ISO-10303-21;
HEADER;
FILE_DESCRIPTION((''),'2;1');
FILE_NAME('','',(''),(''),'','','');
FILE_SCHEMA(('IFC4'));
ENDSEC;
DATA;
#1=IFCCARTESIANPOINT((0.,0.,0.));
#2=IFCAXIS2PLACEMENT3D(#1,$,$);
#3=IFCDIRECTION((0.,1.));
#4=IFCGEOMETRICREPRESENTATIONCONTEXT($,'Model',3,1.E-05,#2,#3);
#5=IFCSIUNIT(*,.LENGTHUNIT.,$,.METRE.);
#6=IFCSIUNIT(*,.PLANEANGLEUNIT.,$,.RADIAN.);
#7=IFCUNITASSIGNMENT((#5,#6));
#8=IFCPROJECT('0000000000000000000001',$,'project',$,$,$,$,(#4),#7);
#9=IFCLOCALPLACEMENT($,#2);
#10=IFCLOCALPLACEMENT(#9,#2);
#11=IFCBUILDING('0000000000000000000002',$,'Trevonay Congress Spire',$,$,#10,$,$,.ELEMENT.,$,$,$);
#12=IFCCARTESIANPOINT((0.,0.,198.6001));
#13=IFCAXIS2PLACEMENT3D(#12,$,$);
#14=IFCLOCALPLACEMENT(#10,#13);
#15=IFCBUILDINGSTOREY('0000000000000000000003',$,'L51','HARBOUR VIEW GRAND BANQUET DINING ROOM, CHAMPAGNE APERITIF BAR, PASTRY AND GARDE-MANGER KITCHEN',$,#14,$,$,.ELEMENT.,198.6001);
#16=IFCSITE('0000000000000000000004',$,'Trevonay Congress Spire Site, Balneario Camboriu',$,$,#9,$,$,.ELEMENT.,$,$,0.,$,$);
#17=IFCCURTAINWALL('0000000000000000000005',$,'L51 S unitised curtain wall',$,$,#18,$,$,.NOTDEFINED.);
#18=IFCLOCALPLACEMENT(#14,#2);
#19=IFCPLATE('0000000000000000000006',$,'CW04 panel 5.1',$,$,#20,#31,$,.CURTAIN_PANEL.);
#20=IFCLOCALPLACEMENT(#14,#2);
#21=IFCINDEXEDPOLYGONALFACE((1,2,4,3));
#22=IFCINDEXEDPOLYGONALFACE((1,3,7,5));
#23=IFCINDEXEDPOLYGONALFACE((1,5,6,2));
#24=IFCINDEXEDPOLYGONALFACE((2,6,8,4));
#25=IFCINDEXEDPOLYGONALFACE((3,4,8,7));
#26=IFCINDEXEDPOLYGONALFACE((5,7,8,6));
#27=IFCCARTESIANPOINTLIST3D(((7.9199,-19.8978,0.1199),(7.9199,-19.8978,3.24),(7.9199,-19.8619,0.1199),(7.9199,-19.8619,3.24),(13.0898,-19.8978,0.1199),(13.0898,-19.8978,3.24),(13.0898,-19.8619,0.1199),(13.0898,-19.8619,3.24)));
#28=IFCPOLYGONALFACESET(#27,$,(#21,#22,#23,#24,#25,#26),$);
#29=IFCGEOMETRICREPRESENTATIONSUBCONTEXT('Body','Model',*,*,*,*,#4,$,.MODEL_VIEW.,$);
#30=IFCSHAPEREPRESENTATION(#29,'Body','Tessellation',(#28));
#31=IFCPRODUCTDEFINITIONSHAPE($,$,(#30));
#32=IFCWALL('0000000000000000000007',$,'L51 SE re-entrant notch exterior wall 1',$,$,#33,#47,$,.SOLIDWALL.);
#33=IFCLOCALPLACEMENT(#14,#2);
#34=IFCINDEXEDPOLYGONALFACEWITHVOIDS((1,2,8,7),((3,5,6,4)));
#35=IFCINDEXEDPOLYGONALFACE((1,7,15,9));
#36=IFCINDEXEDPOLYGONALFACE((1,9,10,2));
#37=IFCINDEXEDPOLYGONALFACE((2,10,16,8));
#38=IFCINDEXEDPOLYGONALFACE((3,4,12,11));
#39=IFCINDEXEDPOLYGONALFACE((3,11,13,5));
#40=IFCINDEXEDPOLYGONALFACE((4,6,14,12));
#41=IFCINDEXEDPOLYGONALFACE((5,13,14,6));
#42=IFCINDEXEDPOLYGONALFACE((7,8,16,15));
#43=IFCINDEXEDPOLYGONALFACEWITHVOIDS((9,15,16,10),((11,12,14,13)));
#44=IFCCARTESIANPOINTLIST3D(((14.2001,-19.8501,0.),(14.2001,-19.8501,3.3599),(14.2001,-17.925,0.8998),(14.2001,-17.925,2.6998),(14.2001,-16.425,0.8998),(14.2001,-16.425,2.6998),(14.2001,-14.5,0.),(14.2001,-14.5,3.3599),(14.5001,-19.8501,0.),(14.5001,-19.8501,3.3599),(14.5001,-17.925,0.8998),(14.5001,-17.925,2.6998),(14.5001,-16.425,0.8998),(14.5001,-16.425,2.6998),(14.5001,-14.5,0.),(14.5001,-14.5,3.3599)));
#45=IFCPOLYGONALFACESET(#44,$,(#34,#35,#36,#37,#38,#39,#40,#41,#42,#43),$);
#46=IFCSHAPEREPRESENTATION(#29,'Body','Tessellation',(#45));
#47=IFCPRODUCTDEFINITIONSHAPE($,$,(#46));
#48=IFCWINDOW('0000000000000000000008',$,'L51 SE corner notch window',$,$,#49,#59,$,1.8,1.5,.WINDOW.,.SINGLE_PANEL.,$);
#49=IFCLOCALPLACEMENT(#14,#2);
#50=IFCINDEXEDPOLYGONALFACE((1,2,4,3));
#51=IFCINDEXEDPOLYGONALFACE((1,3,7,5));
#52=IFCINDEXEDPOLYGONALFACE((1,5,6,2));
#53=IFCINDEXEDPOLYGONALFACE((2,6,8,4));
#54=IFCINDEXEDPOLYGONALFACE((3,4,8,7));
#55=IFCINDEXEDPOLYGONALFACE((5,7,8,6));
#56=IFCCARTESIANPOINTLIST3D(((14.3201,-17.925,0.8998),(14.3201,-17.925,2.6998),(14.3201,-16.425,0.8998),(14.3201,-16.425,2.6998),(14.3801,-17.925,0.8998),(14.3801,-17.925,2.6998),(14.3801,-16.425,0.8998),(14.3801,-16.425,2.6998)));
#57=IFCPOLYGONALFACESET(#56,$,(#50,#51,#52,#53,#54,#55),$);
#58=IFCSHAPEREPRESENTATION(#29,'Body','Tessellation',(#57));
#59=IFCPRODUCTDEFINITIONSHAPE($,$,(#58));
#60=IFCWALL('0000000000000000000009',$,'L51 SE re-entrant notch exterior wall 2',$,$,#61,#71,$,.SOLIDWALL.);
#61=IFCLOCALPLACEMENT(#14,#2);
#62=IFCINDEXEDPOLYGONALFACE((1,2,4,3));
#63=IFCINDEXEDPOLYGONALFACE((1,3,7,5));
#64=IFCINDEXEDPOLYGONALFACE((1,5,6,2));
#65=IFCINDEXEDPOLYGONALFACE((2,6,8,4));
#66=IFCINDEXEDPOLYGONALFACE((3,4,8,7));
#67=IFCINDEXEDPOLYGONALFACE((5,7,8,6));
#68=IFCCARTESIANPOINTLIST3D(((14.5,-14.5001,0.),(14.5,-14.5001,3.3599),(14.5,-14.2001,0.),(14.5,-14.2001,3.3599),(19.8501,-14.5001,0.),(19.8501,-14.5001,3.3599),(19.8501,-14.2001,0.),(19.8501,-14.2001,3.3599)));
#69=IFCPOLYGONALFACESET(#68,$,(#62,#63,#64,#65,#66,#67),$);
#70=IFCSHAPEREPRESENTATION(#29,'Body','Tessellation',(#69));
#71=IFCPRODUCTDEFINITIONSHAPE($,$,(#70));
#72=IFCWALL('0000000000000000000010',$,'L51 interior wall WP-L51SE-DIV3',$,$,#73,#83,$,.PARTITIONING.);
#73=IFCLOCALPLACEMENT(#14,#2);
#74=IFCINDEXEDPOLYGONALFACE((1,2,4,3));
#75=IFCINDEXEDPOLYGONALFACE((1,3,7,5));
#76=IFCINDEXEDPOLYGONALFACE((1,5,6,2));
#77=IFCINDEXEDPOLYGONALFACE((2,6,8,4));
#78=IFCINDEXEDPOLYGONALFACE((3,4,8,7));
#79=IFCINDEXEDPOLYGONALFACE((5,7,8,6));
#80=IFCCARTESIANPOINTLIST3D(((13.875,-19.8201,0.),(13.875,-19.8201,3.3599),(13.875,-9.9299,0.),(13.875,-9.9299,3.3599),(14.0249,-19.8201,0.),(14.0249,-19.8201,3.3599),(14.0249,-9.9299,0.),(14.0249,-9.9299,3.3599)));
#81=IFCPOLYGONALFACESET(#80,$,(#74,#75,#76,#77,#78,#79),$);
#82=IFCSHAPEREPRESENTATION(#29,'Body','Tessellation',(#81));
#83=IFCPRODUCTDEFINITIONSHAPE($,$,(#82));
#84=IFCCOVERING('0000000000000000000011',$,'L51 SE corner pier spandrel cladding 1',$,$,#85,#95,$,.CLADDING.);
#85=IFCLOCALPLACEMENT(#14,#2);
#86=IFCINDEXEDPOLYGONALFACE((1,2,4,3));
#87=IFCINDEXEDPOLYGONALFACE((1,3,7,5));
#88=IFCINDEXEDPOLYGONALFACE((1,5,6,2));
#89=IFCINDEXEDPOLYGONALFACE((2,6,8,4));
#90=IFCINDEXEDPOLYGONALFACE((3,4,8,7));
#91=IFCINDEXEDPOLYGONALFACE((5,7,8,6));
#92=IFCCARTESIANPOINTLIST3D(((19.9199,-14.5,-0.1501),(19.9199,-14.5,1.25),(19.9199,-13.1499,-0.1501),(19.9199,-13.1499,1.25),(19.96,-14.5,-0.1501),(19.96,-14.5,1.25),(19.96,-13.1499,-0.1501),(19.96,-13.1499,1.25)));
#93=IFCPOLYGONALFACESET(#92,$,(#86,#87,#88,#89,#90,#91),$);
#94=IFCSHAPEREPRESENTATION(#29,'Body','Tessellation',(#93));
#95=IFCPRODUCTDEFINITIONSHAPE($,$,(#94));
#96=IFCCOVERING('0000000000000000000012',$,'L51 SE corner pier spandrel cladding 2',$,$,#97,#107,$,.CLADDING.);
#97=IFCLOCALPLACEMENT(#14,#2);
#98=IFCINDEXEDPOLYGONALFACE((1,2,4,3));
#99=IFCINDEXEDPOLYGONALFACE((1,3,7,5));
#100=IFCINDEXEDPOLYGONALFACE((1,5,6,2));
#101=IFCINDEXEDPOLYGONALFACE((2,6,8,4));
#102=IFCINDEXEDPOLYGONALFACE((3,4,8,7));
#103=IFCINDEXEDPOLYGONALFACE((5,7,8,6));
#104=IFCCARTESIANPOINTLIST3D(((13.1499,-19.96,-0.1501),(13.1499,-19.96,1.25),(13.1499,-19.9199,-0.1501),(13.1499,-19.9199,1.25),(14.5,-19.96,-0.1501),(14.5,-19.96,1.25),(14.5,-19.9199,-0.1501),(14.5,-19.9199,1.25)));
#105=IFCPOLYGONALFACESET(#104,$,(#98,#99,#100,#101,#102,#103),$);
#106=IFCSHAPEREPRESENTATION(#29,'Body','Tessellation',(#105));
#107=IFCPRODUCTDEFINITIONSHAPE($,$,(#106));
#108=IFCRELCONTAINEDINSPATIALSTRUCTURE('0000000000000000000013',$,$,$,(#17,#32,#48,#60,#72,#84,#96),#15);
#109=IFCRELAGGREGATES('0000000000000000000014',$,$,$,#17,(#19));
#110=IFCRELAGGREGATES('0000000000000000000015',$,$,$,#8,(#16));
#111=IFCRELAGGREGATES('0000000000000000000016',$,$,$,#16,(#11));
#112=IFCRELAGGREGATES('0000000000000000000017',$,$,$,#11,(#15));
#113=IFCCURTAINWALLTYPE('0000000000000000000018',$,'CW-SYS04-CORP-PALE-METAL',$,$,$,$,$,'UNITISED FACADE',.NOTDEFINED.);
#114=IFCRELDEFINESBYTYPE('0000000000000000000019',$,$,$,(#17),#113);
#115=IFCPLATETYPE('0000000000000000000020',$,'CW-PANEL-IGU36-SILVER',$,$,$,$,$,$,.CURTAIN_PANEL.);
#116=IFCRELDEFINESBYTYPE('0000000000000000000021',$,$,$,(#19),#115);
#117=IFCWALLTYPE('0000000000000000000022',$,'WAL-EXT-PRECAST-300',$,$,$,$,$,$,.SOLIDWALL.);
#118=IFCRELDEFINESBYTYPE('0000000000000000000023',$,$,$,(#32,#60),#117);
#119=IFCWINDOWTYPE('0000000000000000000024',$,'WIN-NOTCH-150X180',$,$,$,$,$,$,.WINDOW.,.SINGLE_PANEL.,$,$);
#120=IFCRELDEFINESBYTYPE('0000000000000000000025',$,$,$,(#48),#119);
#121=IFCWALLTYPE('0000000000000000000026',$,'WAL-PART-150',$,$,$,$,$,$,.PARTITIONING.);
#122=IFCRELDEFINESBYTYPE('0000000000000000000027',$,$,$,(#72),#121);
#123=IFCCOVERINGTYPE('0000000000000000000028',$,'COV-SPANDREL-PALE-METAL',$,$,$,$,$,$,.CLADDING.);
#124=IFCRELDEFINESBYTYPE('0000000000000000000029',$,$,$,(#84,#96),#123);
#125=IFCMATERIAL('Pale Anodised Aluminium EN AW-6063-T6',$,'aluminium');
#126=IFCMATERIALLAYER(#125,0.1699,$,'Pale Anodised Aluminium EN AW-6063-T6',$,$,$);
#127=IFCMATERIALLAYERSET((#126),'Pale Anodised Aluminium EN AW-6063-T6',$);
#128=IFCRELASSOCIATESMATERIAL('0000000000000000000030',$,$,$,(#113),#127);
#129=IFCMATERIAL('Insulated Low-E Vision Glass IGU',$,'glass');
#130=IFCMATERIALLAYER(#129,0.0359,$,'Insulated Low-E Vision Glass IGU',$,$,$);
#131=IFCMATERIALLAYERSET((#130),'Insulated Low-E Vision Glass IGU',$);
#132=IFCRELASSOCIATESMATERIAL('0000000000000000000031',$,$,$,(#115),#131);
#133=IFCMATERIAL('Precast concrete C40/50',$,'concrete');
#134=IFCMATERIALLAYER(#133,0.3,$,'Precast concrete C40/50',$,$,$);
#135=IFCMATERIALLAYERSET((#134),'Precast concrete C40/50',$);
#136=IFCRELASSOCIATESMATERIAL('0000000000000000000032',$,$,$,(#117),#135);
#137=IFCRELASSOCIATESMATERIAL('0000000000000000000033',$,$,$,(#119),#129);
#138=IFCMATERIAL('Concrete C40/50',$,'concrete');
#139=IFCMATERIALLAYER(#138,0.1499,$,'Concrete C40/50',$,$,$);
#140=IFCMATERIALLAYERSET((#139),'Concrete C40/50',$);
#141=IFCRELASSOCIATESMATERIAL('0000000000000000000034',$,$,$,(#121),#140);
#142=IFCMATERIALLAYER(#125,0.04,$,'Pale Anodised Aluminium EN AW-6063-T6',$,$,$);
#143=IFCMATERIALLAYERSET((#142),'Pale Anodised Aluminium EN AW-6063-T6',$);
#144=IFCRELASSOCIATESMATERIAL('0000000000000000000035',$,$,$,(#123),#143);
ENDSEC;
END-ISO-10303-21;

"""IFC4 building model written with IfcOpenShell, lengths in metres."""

from ifc_helpers import new_model, si_unit, direction, frame, frame_2d, origin, origin_2d, place, context, subcontext, project, spatial, rectangle, extrude, material, layer, layer_set, type_object, element, fill, aggregate, save


model = new_model("IFC4")

# Units and contexts
model_context = context("Model", 3, precision=1e-05, world=origin(), true_north=direction((0.0, 1.0)))
body_context = subcontext(model_context, "Body", "Model", "MODEL_VIEW")
ifc_project = project(units=[si_unit("LENGTHUNIT", "METRE"), si_unit("PLANEANGLEUNIT", "RADIAN")], contexts=[model_context])

# Site, building, storey
site_placement = place(None, origin())
site = spatial("IfcSite", under=ifc_project, at=site_placement, Name="Trevonay Congress Spire Site, Balneario Camboriu", CompositionType="ELEMENT", RefElevation=0.0)
building_placement = place(site_placement, origin())
building = spatial("IfcBuilding", under=site, at=building_placement, Name="Trevonay Congress Spire", CompositionType="ELEMENT")
storey_placement = place(building_placement, frame((0.0, 0.0, 198.6001)))
storey = spatial("IfcBuildingStorey", under=building, at=storey_placement, Name="L51", Description="HARBOUR VIEW GRAND BANQUET DINING ROOM, CHAMPAGNE APERITIF BAR, PASTRY AND GARDE-MANGER KITCHEN", CompositionType="ELEMENT", Elevation=198.6001)

# Curtain wall
ifc_material_1 = material(Name="Pale Anodised Aluminium EN AW-6063-T6", Category="aluminium")
ifc_layer_1 = layer(ifc_material_1, 0.1699, Name="Pale Anodised Aluminium EN AW-6063-T6")
ifc_layer_set_1 = layer_set([ifc_layer_1], Name="Pale Anodised Aluminium EN AW-6063-T6")
curtain_wall_type = type_object("IfcCurtainWallType", Name="CW-SYS04-CORP-PALE-METAL", ElementType="UNITISED FACADE", PredefinedType="NOTDEFINED", material=ifc_layer_set_1)
curtain_wall_1_placement = place(storey_placement, origin())
curtain_wall_1 = element("IfcCurtainWall", 1, at=curtain_wall_1_placement, inside=storey, type_object=curtain_wall_type, Name="L51 S unitised curtain wall", PredefinedType="NOTDEFINED")

# Plate
ifc_material_2 = material(Name="Insulated Low-E Vision Glass IGU", Category="glass")
ifc_layer_2 = layer(ifc_material_2, 0.0359, Name="Insulated Low-E Vision Glass IGU")
ifc_layer_set_2 = layer_set([ifc_layer_2], Name="Insulated Low-E Vision Glass IGU")
plate_type = type_object("IfcPlateType", Name="CW-PANEL-IGU36-SILVER", PredefinedType="CURTAIN_PANEL", material=ifc_layer_set_2)
plate_placement = place(storey_placement, frame((10.5049, -19.8799, 0.1199), z_axis=(0.0, 0.0, 1.0), x_axis=(1.0, 0.0, 0.0)))
plate = element("IfcPlate", 2, at=plate_placement, type_object=plate_type, Name="CW04 panel 5.1", PredefinedType="CURTAIN_PANEL", context=body_context, shape_type="SweptSolid", body=[
    extrude(rectangle(XDim=5.1699, YDim=0.0359, at=origin_2d()), origin(), (0.0, 0.0, 1.0), 3.1201),
])
aggregate(curtain_wall_1, [plate])

# Wall, opening, window
ifc_material_3 = material(Name="Precast concrete C40/50", Category="concrete")
ifc_layer_3 = layer(ifc_material_3, 0.3, Name="Precast concrete C40/50")
ifc_layer_set_3 = layer_set([ifc_layer_3], Name="Precast concrete C40/50")
wall_type_1 = type_object("IfcWallType", Name="WAL-EXT-PRECAST-300", PredefinedType="SOLIDWALL", material=ifc_layer_set_3)
wall_1_placement = place(storey_placement, frame((14.3501, -19.8501, 0.0), z_axis=(0.0, 0.0, 1.0), x_axis=(0.0, 1.0, 0.0)))
wall_1 = element("IfcWall", 3, at=wall_1_placement, inside=storey, type_object=wall_type_1, Name="L51 SE re-entrant notch exterior wall 1", PredefinedType="SOLIDWALL", context=body_context, shape_type="SweptSolid", body=[
    extrude(rectangle(XDim=5.3501, YDim=0.3, at=frame_2d((2.675, 0.0))), origin(), (0.0, 0.0, 1.0), 3.3599),
])
opening_placement = place(wall_1_placement, frame((1.925, 0.0, 0.8999)))
opening = element("IfcOpeningElement", 4, at=opening_placement, cuts=wall_1, PredefinedType="OPENING", context=body_context, shape_type="SweptSolid", body=[
    extrude(rectangle(XDim=1.5, YDim=1.8, at=frame_2d((0.75, 0.8999))), frame((0.0, 0.1602, 0.0), z_axis=(0.0, -1.0, 0.0), x_axis=(1.0, 0.0, 0.0)), (0.0, 0.0, 1.0), 0.3201),
])
window_type = type_object("IfcWindowType", Name="WIN-NOTCH-150X180", PartitioningType="SINGLE_PANEL", PredefinedType="WINDOW", material=ifc_material_2)
window_placement = place(opening_placement, origin())
window = element("IfcWindow", 5, at=window_placement, inside=storey, type_object=window_type, Name="L51 SE corner notch window", OverallHeight=1.8, OverallWidth=1.5, PartitioningType="SINGLE_PANEL", PredefinedType="WINDOW", context=body_context, shape_type="SweptSolid", body=[
    extrude(rectangle(XDim=1.5, YDim=1.8, at=frame_2d((0.75, 0.8999))), frame((0.0, 0.03, 0.0), z_axis=(0.0, -1.0, 0.0), x_axis=(1.0, 0.0, 0.0)), (0.0, 0.0, 1.0), 0.0601),
])
fill(opening, window)

# Walls
wall_2_placement = place(storey_placement, frame((19.8501, -14.3501, 0.0), z_axis=(0.0, 0.0, 1.0), x_axis=(-1.0, 0.0, 0.0)))
element("IfcWall", 6, at=wall_2_placement, inside=storey, type_object=wall_type_1, Name="L51 SE re-entrant notch exterior wall 2", PredefinedType="SOLIDWALL", context=body_context, shape_type="SweptSolid", body=[
    extrude(rectangle(XDim=5.3501, YDim=0.3, at=frame_2d((2.675, 0.0))), origin(), (0.0, 0.0, 1.0), 3.3599),
])
ifc_material_4 = material(Name="Concrete C40/50", Category="concrete")
ifc_layer_4 = layer(ifc_material_4, 0.1499, Name="Concrete C40/50")
ifc_layer_set_4 = layer_set([ifc_layer_4], Name="Concrete C40/50")
wall_type_2 = type_object("IfcWallType", Name="WAL-PART-150", PredefinedType="PARTITIONING", material=ifc_layer_set_4)
wall_3_placement = place(storey_placement, frame((13.95, -19.8201, 0.0), z_axis=(0.0, 0.0, 1.0), x_axis=(0.0, 1.0, 0.0)))
element("IfcWall", 7, at=wall_3_placement, inside=storey, type_object=wall_type_2, Name="L51 interior wall WP-L51SE-DIV3", PredefinedType="PARTITIONING", context=body_context, shape_type="SweptSolid", body=[
    extrude(rectangle(XDim=9.8901, YDim=0.1499, at=frame_2d((4.9451, 0.0))), origin(), (0.0, 0.0, 1.0), 3.3599),
])

# Coverings
ifc_layer_5 = layer(ifc_material_1, 0.04, Name="Pale Anodised Aluminium EN AW-6063-T6")
ifc_layer_set_5 = layer_set([ifc_layer_5], Name="Pale Anodised Aluminium EN AW-6063-T6")
covering_type = type_object("IfcCoveringType", Name="COV-SPANDREL-PALE-METAL", PredefinedType="CLADDING", material=ifc_layer_set_5)
for number, where, z_axis, x_axis, name in (
    (8, (19.9399, -13.1499, -0.1501), (0.0, 0.0, 1.0), (0.0, -1.0, 0.0), "L51 SE corner pier spandrel cladding 1"),
    (9, (13.1499, -19.9399, -0.1501), (0.0, 0.0, 1.0), (1.0, 0.0, 0.0), "L51 SE corner pier spandrel cladding 2"),
):
    element("IfcCovering", number, at=place(storey_placement, frame(where, z_axis=z_axis, x_axis=x_axis)), inside=storey, type_object=covering_type, Name=name, PredefinedType="CLADDING", context=body_context, shape_type="SweptSolid", body=[
        extrude(rectangle(XDim=1.3501, YDim=0.04, at=frame_2d((0.675, 0.0))), origin(), (0.0, 0.0, 1.0), 1.4001),
    ])

save(model, "model.ifc")
